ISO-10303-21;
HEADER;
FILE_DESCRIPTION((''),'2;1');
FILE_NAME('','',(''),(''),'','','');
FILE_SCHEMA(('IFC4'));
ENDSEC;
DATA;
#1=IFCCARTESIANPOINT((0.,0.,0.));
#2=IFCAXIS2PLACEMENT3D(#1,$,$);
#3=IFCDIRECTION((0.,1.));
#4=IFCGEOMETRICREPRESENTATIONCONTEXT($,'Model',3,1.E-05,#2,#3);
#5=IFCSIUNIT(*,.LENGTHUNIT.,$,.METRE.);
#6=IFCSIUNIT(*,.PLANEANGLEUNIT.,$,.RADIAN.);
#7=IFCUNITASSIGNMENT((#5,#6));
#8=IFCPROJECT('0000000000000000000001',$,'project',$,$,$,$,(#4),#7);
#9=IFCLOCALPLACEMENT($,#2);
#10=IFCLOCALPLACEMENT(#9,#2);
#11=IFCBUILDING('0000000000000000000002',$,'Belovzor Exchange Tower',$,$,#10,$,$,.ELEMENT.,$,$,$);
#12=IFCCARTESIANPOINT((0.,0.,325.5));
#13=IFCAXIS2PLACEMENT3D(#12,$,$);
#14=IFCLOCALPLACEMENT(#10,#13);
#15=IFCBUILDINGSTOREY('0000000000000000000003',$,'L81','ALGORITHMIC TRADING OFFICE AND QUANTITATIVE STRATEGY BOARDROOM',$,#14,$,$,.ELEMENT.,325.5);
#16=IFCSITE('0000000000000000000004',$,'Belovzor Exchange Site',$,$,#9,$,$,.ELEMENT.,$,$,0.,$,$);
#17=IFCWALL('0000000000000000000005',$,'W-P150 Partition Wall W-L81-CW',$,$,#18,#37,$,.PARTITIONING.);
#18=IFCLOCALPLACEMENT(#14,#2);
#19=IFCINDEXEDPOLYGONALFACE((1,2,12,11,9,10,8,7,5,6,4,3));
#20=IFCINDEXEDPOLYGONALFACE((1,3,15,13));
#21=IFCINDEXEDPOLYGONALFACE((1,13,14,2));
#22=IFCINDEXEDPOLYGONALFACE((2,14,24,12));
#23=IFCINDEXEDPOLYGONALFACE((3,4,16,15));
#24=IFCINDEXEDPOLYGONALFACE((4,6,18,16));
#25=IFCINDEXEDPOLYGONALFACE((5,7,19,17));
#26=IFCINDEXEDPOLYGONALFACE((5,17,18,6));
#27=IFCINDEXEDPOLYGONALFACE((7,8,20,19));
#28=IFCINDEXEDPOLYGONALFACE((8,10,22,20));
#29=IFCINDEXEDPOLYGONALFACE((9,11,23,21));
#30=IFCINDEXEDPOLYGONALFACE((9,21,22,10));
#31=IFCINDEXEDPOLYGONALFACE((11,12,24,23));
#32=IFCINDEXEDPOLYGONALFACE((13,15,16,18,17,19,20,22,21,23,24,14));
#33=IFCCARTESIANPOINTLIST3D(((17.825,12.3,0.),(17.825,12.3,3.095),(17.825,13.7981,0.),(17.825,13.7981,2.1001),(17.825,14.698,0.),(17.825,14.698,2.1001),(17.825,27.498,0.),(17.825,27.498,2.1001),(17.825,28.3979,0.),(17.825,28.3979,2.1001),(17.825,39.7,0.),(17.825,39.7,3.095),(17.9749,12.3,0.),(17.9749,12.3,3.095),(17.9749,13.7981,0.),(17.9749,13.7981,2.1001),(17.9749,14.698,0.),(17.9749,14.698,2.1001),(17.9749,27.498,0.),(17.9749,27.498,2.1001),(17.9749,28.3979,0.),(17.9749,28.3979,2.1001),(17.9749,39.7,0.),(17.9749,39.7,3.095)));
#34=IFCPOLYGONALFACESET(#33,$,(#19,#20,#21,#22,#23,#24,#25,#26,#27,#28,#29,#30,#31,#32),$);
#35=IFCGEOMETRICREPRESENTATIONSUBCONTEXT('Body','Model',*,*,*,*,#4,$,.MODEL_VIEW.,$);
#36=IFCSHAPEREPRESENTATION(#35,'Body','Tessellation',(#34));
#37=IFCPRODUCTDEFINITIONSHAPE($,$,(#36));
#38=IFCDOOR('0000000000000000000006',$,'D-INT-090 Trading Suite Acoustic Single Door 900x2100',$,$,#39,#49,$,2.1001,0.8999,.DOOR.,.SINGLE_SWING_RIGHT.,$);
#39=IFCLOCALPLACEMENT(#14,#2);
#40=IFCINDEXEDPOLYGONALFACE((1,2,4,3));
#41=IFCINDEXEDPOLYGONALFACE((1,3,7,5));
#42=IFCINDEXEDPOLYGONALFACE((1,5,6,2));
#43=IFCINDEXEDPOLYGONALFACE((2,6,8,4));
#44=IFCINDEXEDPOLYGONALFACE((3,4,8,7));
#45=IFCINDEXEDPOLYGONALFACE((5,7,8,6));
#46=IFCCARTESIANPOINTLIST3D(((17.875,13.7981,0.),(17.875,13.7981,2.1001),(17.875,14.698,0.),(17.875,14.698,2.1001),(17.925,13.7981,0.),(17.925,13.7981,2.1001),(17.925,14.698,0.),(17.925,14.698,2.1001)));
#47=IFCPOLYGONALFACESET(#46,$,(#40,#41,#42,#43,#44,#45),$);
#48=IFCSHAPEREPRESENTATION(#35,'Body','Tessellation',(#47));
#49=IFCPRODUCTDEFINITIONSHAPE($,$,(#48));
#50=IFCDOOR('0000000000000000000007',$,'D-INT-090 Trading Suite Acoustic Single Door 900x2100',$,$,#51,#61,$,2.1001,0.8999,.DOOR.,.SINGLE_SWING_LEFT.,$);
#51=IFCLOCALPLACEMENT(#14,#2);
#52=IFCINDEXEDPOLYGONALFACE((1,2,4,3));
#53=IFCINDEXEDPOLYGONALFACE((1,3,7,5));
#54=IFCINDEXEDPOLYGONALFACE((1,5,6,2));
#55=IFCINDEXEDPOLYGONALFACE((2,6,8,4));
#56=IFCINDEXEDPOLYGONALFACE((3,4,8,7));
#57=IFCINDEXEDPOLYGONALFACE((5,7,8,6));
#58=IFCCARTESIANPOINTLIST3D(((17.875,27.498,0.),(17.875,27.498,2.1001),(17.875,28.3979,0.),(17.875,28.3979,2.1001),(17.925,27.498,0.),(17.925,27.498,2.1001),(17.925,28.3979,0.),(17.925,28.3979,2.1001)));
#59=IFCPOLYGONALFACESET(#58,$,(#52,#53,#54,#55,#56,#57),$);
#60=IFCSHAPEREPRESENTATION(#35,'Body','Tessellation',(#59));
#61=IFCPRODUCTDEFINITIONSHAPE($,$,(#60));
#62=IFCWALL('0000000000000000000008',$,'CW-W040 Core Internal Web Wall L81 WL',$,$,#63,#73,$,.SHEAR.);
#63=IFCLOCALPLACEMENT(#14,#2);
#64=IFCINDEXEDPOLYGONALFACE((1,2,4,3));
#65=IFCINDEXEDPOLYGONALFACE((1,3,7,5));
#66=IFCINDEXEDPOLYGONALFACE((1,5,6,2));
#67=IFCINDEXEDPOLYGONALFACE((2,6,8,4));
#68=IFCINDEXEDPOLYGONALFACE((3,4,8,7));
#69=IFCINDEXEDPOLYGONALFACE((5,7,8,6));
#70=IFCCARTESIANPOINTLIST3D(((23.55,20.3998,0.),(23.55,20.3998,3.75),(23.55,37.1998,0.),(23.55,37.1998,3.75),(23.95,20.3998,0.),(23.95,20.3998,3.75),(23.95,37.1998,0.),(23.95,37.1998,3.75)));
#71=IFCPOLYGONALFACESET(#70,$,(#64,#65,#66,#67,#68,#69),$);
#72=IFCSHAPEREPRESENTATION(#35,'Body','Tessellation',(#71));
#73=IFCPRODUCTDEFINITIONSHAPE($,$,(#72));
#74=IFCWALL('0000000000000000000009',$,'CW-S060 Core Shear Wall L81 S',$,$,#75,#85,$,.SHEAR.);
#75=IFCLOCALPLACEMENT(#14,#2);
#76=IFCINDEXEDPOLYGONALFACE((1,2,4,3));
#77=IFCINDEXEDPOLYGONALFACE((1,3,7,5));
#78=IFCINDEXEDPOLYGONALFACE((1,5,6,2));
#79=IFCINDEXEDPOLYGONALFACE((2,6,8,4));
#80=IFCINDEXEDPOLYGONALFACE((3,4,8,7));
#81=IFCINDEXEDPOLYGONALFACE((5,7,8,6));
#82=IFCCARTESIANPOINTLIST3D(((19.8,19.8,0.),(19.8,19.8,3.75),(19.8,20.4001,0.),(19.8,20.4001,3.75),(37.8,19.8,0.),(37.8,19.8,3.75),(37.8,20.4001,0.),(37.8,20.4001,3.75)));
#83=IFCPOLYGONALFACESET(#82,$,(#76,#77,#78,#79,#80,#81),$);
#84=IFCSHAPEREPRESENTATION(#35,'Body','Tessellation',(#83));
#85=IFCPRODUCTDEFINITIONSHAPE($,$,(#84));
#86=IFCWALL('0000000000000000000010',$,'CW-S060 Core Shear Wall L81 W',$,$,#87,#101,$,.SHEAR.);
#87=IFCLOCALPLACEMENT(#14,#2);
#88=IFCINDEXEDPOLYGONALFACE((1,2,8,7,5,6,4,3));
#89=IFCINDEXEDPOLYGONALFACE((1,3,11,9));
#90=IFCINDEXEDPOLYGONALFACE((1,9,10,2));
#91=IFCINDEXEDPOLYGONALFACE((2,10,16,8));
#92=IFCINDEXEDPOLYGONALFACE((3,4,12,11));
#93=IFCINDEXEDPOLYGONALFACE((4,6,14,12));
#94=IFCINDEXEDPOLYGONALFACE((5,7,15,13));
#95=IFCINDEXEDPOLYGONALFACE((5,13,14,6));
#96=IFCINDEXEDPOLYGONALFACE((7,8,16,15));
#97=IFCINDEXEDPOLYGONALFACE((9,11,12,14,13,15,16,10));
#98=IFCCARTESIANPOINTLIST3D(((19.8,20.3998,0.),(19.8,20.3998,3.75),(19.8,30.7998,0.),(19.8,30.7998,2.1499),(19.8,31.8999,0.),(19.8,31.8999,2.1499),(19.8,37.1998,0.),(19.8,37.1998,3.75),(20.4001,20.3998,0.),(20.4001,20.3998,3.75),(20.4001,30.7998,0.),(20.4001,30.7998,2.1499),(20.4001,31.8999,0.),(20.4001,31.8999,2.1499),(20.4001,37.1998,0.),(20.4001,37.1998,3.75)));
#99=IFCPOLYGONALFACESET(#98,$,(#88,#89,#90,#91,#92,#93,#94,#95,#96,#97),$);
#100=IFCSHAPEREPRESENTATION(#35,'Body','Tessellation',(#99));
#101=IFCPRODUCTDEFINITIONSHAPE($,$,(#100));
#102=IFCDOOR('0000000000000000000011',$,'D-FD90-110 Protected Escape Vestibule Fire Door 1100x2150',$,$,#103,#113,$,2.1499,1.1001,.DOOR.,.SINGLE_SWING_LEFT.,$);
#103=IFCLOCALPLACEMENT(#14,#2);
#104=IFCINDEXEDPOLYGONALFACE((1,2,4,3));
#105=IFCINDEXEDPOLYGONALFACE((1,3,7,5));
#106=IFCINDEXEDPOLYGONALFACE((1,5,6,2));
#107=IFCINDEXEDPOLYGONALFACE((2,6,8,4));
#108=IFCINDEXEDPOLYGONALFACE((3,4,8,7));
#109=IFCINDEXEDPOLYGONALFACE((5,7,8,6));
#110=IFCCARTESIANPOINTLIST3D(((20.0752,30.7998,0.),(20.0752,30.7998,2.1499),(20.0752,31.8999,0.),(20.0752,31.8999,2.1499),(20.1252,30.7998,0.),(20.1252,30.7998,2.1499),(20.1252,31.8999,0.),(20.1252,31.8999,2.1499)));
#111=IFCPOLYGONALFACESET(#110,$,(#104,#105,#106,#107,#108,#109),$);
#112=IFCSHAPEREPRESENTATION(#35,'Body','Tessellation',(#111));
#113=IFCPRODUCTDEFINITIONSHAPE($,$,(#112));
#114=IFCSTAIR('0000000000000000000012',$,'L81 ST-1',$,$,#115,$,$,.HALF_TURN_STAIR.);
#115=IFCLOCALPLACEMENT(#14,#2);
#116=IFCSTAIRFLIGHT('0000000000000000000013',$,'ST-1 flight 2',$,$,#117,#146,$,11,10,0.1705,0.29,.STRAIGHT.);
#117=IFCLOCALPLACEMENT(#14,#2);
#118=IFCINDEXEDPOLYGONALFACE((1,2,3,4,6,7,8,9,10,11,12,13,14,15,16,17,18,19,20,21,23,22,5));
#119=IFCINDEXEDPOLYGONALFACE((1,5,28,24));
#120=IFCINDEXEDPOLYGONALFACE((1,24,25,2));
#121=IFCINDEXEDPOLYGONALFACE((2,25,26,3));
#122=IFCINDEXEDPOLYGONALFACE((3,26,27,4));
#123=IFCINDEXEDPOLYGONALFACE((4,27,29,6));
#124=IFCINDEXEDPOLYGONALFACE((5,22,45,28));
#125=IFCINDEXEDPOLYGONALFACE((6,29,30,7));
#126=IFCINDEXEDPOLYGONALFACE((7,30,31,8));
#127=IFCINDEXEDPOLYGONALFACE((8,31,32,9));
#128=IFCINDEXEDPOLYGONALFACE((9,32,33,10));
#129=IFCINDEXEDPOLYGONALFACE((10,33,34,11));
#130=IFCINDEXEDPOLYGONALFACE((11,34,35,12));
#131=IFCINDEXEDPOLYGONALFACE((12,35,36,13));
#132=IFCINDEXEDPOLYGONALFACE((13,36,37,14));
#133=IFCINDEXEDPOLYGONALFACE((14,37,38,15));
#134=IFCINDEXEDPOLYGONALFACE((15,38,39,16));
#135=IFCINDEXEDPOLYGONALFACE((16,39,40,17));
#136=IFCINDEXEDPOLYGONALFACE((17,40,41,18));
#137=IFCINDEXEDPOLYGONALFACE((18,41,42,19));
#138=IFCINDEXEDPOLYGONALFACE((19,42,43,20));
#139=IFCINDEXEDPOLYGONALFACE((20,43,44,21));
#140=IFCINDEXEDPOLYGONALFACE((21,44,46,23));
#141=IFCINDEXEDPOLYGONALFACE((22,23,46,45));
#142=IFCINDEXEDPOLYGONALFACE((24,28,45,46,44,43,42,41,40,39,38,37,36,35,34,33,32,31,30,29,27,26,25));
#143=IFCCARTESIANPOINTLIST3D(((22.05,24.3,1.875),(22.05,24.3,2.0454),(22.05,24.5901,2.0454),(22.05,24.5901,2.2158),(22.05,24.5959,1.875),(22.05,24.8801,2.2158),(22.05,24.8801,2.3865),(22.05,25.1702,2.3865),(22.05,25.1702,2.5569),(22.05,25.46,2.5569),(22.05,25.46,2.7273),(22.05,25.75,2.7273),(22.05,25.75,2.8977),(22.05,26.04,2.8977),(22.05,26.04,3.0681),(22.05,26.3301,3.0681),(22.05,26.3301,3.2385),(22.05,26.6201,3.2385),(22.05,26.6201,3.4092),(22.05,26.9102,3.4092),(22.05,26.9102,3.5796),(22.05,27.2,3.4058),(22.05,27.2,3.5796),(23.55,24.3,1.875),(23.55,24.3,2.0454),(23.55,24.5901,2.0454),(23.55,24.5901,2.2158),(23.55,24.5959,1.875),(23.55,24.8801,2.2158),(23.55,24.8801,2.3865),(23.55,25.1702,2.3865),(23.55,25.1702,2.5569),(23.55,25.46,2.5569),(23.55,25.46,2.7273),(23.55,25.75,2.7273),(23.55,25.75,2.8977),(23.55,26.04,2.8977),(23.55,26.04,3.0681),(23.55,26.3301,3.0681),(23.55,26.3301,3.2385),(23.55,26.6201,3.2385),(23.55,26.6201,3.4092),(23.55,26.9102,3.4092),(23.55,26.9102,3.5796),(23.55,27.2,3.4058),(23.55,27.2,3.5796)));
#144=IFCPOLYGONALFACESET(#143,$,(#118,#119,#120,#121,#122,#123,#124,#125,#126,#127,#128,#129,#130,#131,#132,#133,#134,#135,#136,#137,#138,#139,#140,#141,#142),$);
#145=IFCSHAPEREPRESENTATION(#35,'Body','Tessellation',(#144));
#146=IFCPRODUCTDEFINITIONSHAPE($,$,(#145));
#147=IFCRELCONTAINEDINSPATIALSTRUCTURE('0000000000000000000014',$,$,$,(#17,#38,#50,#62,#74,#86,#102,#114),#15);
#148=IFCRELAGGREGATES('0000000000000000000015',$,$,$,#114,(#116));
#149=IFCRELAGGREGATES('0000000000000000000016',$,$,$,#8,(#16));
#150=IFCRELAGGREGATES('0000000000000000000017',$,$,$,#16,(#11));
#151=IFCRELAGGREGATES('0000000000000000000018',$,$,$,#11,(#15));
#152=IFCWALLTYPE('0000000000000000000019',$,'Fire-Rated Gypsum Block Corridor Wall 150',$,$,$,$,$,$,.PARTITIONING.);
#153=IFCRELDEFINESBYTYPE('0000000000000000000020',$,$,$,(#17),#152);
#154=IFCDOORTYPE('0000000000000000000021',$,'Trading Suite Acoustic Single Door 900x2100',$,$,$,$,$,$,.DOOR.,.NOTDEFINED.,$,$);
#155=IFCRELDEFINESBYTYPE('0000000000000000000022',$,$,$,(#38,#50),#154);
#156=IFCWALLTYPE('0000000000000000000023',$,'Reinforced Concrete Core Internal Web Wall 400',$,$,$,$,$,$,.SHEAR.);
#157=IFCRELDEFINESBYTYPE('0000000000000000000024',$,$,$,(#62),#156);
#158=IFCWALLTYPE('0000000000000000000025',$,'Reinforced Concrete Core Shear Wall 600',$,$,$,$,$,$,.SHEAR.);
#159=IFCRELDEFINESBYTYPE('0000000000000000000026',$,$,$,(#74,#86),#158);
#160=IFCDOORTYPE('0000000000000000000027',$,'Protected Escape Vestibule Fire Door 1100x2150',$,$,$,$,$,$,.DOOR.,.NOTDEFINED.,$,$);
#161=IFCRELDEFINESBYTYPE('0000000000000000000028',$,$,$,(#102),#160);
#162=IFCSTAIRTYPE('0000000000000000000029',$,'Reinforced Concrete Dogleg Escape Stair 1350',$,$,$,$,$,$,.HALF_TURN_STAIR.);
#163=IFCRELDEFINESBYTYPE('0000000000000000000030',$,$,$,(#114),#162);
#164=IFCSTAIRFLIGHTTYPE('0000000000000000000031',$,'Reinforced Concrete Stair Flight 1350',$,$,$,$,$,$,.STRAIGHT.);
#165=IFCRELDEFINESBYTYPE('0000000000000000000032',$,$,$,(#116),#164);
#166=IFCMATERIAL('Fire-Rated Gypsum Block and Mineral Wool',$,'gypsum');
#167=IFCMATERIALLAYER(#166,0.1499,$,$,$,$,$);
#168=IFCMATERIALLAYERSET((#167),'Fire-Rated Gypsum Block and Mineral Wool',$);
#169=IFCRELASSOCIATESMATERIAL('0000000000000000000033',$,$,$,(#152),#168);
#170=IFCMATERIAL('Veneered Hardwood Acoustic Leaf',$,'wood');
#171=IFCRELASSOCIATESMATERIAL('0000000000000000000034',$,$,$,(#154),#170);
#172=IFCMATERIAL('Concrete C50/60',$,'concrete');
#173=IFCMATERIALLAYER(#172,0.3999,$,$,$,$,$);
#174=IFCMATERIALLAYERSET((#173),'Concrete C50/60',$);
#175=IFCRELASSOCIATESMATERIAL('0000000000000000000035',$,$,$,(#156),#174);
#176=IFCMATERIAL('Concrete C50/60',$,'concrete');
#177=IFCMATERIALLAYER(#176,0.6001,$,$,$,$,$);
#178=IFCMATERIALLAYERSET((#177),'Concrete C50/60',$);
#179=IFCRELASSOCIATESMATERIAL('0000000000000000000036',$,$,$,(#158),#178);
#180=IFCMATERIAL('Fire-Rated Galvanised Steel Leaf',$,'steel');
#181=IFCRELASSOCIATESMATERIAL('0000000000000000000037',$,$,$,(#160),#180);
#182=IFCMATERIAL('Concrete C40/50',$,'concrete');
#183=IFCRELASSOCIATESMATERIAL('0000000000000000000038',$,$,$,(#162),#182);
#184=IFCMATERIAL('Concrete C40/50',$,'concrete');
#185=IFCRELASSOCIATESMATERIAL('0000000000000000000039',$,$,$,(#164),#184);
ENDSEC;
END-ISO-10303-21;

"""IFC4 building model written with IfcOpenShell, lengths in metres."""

from ifc_helpers import new_model, si_unit, direction, frame, frame_2d, origin, place, context, subcontext, project, spatial, polyline, rectangle, outline, extrude, material, layer, layer_set, type_object, element, fill, aggregate, save


model = new_model("IFC4")

# Units and contexts
model_context = context("Model", 3, precision=1e-05, world=origin(), true_north=direction((0.0, 1.0)))
body_context = subcontext(model_context, "Body", "Model", "MODEL_VIEW")
ifc_project = project(units=[si_unit("LENGTHUNIT", "METRE"), si_unit("PLANEANGLEUNIT", "RADIAN")], contexts=[model_context])

# Site, building, storey
site_placement = place(None, origin())
site = spatial("IfcSite", under=ifc_project, at=site_placement, Name="Belovzor Exchange Site", CompositionType="ELEMENT", RefElevation=0.0)
building_placement = place(site_placement, origin())
building = spatial("IfcBuilding", under=site, at=building_placement, Name="Belovzor Exchange Tower", CompositionType="ELEMENT")
storey_placement = place(building_placement, frame((0.0, 0.0, 325.5)))
storey = spatial("IfcBuildingStorey", under=building, at=storey_placement, Name="L81", Description="ALGORITHMIC TRADING OFFICE AND QUANTITATIVE STRATEGY BOARDROOM", CompositionType="ELEMENT", Elevation=325.5)

# Wall, openings, doors
ifc_material_1 = material(Name="Fire-Rated Gypsum Block and Mineral Wool", Category="gypsum")
ifc_layer_1 = layer(ifc_material_1, 0.1499)
ifc_layer_set_1 = layer_set([ifc_layer_1], Name="Fire-Rated Gypsum Block and Mineral Wool")
wall_type_1 = type_object("IfcWallType", Name="Fire-Rated Gypsum Block Corridor Wall 150", PredefinedType="PARTITIONING", material=ifc_layer_set_1)
wall_1_placement = place(storey_placement, frame((17.8999, 12.3, 0.0), z_axis=(0.0, 0.0, 1.0), x_axis=(0.0, 1.0, 0.0)))
wall_1 = element("IfcWall", 1, at=wall_1_placement, inside=storey, type_object=wall_type_1, Name="W-P150 Partition Wall W-L81-CW", PredefinedType="PARTITIONING", context=body_context, shape_type="SweptSolid", body=[
    extrude(rectangle(XDim=27.3999, YDim=0.1499, at=frame_2d((13.7, 0.0))), origin(), (0.0, 0.0, 1.0), 3.095),
])
opening_1_placement = place(wall_1_placement, frame((1.498, 0.0, 0.0)))
opening_1 = element("IfcOpeningElement", 2, at=opening_1_placement, cuts=wall_1, PredefinedType="OPENING", context=body_context, shape_type="SweptSolid", body=[
    extrude(rectangle(XDim=0.8999, YDim=2.1001, at=frame_2d((0.45, 1.05))), frame((0.0, 0.085, 0.0), z_axis=(0.0, -1.0, 0.0), x_axis=(1.0, 0.0, 0.0)), (0.0, 0.0, 1.0), 0.1699),
])
opening_2_placement = place(wall_1_placement, frame((15.198, 0.0, 0.0)))
opening_2 = element("IfcOpeningElement", 3, at=opening_2_placement, cuts=wall_1, PredefinedType="OPENING", context=body_context, shape_type="SweptSolid", body=[
    extrude(rectangle(XDim=0.8999, YDim=2.1001, at=frame_2d((0.45, 1.05))), frame((0.0, 0.085, 0.0), z_axis=(0.0, -1.0, 0.0), x_axis=(1.0, 0.0, 0.0)), (0.0, 0.0, 1.0), 0.1699),
])
ifc_material_2 = material(Name="Veneered Hardwood Acoustic Leaf", Category="wood")
door_type_1 = type_object("IfcDoorType", Name="Trading Suite Acoustic Single Door 900x2100", OperationType="NOTDEFINED", PredefinedType="DOOR", material=ifc_material_2)
door_1_placement = place(opening_1_placement, origin())
door_1 = element("IfcDoor", 4, at=door_1_placement, inside=storey, type_object=door_type_1, Name="D-INT-090 Trading Suite Acoustic Single Door 900x2100", OperationType="SINGLE_SWING_RIGHT", OverallHeight=2.1001, OverallWidth=0.8999, PredefinedType="DOOR", context=body_context, shape_type="SweptSolid", body=[
    extrude(rectangle(XDim=0.8999, YDim=2.1001, at=frame_2d((0.45, 1.05))), frame((0.0, 0.0249, 0.0), z_axis=(0.0, -1.0, 0.0), x_axis=(1.0, 0.0, 0.0)), (0.0, 0.0, 1.0), 0.05),
])
fill(opening_1, door_1)
door_2_placement = place(opening_2_placement, origin())
door_2 = element("IfcDoor", 5, at=door_2_placement, inside=storey, type_object=door_type_1, Name="D-INT-090 Trading Suite Acoustic Single Door 900x2100", OperationType="SINGLE_SWING_LEFT", OverallHeight=2.1001, OverallWidth=0.8999, PredefinedType="DOOR", context=body_context, shape_type="SweptSolid", body=[
    extrude(rectangle(XDim=0.8999, YDim=2.1001, at=frame_2d((0.45, 1.05))), frame((0.0, 0.0249, 0.0), z_axis=(0.0, -1.0, 0.0), x_axis=(1.0, 0.0, 0.0)), (0.0, 0.0, 1.0), 0.05),
])
fill(opening_2, door_2)

# Walls
ifc_material_3 = material(Name="Concrete C50/60", Category="concrete")
ifc_layer_2 = layer(ifc_material_3, 0.3999)
ifc_layer_set_2 = layer_set([ifc_layer_2], Name="Concrete C50/60")
wall_type_2 = type_object("IfcWallType", Name="Reinforced Concrete Core Internal Web Wall 400", PredefinedType="SHEAR", material=ifc_layer_set_2)
wall_2_placement = place(storey_placement, frame((23.75, 20.3999, 0.0), z_axis=(0.0, 0.0, 1.0), x_axis=(0.0, 1.0, 0.0)))
element("IfcWall", 6, at=wall_2_placement, inside=storey, type_object=wall_type_2, Name="CW-W040 Core Internal Web Wall L81 WL", PredefinedType="SHEAR", context=body_context, shape_type="SweptSolid", body=[
    extrude(rectangle(XDim=16.8, YDim=0.3999, at=frame_2d((8.3999, 0.0))), origin(), (0.0, 0.0, 1.0), 3.75),
])
ifc_material_4 = material(Name="Concrete C50/60", Category="concrete")
ifc_layer_3 = layer(ifc_material_4, 0.6001)
ifc_layer_set_3 = layer_set([ifc_layer_3], Name="Concrete C50/60")
wall_type_3 = type_object("IfcWallType", Name="Reinforced Concrete Core Shear Wall 600", PredefinedType="SHEAR", material=ifc_layer_set_3)
wall_3_placement = place(storey_placement, frame((19.8, 20.1001, 0.0), z_axis=(0.0, 0.0, 1.0), x_axis=(1.0, 0.0, 0.0)))
element("IfcWall", 7, at=wall_3_placement, inside=storey, type_object=wall_type_3, Name="CW-S060 Core Shear Wall L81 S", PredefinedType="SHEAR", context=body_context, shape_type="SweptSolid", body=[
    extrude(rectangle(XDim=18.0, YDim=0.6001, at=frame_2d((9.0, 0.0))), origin(), (0.0, 0.0, 1.0), 3.75),
])

# Wall, opening, door
wall_4_placement = place(storey_placement, frame((20.1001, 20.3999, 0.0), z_axis=(0.0, 0.0, 1.0), x_axis=(0.0, 1.0, 0.0)))
wall_4 = element("IfcWall", 8, at=wall_4_placement, inside=storey, type_object=wall_type_3, Name="CW-S060 Core Shear Wall L81 W", PredefinedType="SHEAR", context=body_context, shape_type="SweptSolid", body=[
    extrude(rectangle(XDim=16.8, YDim=0.6001, at=frame_2d((8.3999, 0.0))), origin(), (0.0, 0.0, 1.0), 3.75),
])
opening_3_placement = place(wall_4_placement, frame((10.3999, 0.0, 0.0)))
opening_3 = element("IfcOpeningElement", 9, at=opening_3_placement, cuts=wall_4, PredefinedType="OPENING", context=body_context, shape_type="SweptSolid", body=[
    extrude(rectangle(XDim=1.1001, YDim=2.1499, at=frame_2d((0.55, 1.075))), frame((0.0, 0.3101, 0.0), z_axis=(0.0, -1.0, 0.0), x_axis=(1.0, 0.0, 0.0)), (0.0, 0.0, 1.0), 0.6201),
])
ifc_material_5 = material(Name="Fire-Rated Galvanised Steel Leaf", Category="steel")
door_type_2 = type_object("IfcDoorType", Name="Protected Escape Vestibule Fire Door 1100x2150", OperationType="NOTDEFINED", PredefinedType="DOOR", material=ifc_material_5)
door_3_placement = place(opening_3_placement, origin())
door_3 = element("IfcDoor", 10, at=door_3_placement, inside=storey, type_object=door_type_2, Name="D-FD90-110 Protected Escape Vestibule Fire Door 1100x2150", OperationType="SINGLE_SWING_LEFT", OverallHeight=2.1499, OverallWidth=1.1001, PredefinedType="DOOR", context=body_context, shape_type="SweptSolid", body=[
    extrude(rectangle(XDim=1.1001, YDim=2.1499, at=frame_2d((0.55, 1.075))), frame((0.0, 0.0249, 0.0), z_axis=(0.0, -1.0, 0.0), x_axis=(1.0, 0.0, 0.0)), (0.0, 0.0, 1.0), 0.05),
])
fill(opening_3, door_3)

# Stair, stair flight
ifc_material_6 = material(Name="Concrete C40/50", Category="concrete")
stair_type = type_object("IfcStairType", Name="Reinforced Concrete Dogleg Escape Stair 1350", PredefinedType="HALF_TURN_STAIR", material=ifc_material_6)
stair_placement = place(storey_placement, origin())
stair = element("IfcStair", 11, at=stair_placement, inside=storey, type_object=stair_type, Name="L81 ST-1", PredefinedType="HALF_TURN_STAIR")
ifc_material_7 = material(Name="Concrete C40/50", Category="concrete")
stair_flight_type = type_object("IfcStairFlightType", Name="Reinforced Concrete Stair Flight 1350", PredefinedType="STRAIGHT", material=ifc_material_7)
stair_flight_placement = place(storey_placement, frame((22.8, 24.3, 1.875), z_axis=(0.0, 0.0, 1.0), x_axis=(0.0, 1.0, 0.0)))
stair_flight = element("IfcStairFlight", 12, at=stair_flight_placement, type_object=stair_flight_type, Name="ST-1 flight 2", NumberOfRisers=11, NumberOfTreads=10, PredefinedType="STRAIGHT", RiserHeight=0.1705, TreadLength=0.29, context=body_context, shape_type="SweptSolid", body=[
    extrude(outline(polyline([(0.0, 0.0), (0.0, 0.1704), (0.29, 0.1704), (0.29, 0.3408), (0.5801, 0.3408), (0.5801, 0.5115), (0.8701, 0.5115), (0.8701, 0.6819), (1.1599, 0.6819), (1.1599, 0.8523), (1.45, 0.8523), (1.45, 1.0227), (1.74, 1.0227), (1.74, 1.1931), (2.03, 1.1931), (2.03, 1.3635), (2.3201, 1.3635), (2.3201, 1.5342), (2.6101, 1.5342), (2.6101, 1.7046), (2.8999, 1.7046), (2.8999, 1.875), (2.8999, 1.5308), (0.2959, 0.0), (0.0, 0.0)])), frame((0.0, 0.75, 0.0), z_axis=(0.0, -1.0, 0.0), x_axis=(1.0, 0.0, 0.0)), (0.0, 0.0, 1.0), 1.5),
])
aggregate(stair, [stair_flight])

save(model, "model.ifc")
